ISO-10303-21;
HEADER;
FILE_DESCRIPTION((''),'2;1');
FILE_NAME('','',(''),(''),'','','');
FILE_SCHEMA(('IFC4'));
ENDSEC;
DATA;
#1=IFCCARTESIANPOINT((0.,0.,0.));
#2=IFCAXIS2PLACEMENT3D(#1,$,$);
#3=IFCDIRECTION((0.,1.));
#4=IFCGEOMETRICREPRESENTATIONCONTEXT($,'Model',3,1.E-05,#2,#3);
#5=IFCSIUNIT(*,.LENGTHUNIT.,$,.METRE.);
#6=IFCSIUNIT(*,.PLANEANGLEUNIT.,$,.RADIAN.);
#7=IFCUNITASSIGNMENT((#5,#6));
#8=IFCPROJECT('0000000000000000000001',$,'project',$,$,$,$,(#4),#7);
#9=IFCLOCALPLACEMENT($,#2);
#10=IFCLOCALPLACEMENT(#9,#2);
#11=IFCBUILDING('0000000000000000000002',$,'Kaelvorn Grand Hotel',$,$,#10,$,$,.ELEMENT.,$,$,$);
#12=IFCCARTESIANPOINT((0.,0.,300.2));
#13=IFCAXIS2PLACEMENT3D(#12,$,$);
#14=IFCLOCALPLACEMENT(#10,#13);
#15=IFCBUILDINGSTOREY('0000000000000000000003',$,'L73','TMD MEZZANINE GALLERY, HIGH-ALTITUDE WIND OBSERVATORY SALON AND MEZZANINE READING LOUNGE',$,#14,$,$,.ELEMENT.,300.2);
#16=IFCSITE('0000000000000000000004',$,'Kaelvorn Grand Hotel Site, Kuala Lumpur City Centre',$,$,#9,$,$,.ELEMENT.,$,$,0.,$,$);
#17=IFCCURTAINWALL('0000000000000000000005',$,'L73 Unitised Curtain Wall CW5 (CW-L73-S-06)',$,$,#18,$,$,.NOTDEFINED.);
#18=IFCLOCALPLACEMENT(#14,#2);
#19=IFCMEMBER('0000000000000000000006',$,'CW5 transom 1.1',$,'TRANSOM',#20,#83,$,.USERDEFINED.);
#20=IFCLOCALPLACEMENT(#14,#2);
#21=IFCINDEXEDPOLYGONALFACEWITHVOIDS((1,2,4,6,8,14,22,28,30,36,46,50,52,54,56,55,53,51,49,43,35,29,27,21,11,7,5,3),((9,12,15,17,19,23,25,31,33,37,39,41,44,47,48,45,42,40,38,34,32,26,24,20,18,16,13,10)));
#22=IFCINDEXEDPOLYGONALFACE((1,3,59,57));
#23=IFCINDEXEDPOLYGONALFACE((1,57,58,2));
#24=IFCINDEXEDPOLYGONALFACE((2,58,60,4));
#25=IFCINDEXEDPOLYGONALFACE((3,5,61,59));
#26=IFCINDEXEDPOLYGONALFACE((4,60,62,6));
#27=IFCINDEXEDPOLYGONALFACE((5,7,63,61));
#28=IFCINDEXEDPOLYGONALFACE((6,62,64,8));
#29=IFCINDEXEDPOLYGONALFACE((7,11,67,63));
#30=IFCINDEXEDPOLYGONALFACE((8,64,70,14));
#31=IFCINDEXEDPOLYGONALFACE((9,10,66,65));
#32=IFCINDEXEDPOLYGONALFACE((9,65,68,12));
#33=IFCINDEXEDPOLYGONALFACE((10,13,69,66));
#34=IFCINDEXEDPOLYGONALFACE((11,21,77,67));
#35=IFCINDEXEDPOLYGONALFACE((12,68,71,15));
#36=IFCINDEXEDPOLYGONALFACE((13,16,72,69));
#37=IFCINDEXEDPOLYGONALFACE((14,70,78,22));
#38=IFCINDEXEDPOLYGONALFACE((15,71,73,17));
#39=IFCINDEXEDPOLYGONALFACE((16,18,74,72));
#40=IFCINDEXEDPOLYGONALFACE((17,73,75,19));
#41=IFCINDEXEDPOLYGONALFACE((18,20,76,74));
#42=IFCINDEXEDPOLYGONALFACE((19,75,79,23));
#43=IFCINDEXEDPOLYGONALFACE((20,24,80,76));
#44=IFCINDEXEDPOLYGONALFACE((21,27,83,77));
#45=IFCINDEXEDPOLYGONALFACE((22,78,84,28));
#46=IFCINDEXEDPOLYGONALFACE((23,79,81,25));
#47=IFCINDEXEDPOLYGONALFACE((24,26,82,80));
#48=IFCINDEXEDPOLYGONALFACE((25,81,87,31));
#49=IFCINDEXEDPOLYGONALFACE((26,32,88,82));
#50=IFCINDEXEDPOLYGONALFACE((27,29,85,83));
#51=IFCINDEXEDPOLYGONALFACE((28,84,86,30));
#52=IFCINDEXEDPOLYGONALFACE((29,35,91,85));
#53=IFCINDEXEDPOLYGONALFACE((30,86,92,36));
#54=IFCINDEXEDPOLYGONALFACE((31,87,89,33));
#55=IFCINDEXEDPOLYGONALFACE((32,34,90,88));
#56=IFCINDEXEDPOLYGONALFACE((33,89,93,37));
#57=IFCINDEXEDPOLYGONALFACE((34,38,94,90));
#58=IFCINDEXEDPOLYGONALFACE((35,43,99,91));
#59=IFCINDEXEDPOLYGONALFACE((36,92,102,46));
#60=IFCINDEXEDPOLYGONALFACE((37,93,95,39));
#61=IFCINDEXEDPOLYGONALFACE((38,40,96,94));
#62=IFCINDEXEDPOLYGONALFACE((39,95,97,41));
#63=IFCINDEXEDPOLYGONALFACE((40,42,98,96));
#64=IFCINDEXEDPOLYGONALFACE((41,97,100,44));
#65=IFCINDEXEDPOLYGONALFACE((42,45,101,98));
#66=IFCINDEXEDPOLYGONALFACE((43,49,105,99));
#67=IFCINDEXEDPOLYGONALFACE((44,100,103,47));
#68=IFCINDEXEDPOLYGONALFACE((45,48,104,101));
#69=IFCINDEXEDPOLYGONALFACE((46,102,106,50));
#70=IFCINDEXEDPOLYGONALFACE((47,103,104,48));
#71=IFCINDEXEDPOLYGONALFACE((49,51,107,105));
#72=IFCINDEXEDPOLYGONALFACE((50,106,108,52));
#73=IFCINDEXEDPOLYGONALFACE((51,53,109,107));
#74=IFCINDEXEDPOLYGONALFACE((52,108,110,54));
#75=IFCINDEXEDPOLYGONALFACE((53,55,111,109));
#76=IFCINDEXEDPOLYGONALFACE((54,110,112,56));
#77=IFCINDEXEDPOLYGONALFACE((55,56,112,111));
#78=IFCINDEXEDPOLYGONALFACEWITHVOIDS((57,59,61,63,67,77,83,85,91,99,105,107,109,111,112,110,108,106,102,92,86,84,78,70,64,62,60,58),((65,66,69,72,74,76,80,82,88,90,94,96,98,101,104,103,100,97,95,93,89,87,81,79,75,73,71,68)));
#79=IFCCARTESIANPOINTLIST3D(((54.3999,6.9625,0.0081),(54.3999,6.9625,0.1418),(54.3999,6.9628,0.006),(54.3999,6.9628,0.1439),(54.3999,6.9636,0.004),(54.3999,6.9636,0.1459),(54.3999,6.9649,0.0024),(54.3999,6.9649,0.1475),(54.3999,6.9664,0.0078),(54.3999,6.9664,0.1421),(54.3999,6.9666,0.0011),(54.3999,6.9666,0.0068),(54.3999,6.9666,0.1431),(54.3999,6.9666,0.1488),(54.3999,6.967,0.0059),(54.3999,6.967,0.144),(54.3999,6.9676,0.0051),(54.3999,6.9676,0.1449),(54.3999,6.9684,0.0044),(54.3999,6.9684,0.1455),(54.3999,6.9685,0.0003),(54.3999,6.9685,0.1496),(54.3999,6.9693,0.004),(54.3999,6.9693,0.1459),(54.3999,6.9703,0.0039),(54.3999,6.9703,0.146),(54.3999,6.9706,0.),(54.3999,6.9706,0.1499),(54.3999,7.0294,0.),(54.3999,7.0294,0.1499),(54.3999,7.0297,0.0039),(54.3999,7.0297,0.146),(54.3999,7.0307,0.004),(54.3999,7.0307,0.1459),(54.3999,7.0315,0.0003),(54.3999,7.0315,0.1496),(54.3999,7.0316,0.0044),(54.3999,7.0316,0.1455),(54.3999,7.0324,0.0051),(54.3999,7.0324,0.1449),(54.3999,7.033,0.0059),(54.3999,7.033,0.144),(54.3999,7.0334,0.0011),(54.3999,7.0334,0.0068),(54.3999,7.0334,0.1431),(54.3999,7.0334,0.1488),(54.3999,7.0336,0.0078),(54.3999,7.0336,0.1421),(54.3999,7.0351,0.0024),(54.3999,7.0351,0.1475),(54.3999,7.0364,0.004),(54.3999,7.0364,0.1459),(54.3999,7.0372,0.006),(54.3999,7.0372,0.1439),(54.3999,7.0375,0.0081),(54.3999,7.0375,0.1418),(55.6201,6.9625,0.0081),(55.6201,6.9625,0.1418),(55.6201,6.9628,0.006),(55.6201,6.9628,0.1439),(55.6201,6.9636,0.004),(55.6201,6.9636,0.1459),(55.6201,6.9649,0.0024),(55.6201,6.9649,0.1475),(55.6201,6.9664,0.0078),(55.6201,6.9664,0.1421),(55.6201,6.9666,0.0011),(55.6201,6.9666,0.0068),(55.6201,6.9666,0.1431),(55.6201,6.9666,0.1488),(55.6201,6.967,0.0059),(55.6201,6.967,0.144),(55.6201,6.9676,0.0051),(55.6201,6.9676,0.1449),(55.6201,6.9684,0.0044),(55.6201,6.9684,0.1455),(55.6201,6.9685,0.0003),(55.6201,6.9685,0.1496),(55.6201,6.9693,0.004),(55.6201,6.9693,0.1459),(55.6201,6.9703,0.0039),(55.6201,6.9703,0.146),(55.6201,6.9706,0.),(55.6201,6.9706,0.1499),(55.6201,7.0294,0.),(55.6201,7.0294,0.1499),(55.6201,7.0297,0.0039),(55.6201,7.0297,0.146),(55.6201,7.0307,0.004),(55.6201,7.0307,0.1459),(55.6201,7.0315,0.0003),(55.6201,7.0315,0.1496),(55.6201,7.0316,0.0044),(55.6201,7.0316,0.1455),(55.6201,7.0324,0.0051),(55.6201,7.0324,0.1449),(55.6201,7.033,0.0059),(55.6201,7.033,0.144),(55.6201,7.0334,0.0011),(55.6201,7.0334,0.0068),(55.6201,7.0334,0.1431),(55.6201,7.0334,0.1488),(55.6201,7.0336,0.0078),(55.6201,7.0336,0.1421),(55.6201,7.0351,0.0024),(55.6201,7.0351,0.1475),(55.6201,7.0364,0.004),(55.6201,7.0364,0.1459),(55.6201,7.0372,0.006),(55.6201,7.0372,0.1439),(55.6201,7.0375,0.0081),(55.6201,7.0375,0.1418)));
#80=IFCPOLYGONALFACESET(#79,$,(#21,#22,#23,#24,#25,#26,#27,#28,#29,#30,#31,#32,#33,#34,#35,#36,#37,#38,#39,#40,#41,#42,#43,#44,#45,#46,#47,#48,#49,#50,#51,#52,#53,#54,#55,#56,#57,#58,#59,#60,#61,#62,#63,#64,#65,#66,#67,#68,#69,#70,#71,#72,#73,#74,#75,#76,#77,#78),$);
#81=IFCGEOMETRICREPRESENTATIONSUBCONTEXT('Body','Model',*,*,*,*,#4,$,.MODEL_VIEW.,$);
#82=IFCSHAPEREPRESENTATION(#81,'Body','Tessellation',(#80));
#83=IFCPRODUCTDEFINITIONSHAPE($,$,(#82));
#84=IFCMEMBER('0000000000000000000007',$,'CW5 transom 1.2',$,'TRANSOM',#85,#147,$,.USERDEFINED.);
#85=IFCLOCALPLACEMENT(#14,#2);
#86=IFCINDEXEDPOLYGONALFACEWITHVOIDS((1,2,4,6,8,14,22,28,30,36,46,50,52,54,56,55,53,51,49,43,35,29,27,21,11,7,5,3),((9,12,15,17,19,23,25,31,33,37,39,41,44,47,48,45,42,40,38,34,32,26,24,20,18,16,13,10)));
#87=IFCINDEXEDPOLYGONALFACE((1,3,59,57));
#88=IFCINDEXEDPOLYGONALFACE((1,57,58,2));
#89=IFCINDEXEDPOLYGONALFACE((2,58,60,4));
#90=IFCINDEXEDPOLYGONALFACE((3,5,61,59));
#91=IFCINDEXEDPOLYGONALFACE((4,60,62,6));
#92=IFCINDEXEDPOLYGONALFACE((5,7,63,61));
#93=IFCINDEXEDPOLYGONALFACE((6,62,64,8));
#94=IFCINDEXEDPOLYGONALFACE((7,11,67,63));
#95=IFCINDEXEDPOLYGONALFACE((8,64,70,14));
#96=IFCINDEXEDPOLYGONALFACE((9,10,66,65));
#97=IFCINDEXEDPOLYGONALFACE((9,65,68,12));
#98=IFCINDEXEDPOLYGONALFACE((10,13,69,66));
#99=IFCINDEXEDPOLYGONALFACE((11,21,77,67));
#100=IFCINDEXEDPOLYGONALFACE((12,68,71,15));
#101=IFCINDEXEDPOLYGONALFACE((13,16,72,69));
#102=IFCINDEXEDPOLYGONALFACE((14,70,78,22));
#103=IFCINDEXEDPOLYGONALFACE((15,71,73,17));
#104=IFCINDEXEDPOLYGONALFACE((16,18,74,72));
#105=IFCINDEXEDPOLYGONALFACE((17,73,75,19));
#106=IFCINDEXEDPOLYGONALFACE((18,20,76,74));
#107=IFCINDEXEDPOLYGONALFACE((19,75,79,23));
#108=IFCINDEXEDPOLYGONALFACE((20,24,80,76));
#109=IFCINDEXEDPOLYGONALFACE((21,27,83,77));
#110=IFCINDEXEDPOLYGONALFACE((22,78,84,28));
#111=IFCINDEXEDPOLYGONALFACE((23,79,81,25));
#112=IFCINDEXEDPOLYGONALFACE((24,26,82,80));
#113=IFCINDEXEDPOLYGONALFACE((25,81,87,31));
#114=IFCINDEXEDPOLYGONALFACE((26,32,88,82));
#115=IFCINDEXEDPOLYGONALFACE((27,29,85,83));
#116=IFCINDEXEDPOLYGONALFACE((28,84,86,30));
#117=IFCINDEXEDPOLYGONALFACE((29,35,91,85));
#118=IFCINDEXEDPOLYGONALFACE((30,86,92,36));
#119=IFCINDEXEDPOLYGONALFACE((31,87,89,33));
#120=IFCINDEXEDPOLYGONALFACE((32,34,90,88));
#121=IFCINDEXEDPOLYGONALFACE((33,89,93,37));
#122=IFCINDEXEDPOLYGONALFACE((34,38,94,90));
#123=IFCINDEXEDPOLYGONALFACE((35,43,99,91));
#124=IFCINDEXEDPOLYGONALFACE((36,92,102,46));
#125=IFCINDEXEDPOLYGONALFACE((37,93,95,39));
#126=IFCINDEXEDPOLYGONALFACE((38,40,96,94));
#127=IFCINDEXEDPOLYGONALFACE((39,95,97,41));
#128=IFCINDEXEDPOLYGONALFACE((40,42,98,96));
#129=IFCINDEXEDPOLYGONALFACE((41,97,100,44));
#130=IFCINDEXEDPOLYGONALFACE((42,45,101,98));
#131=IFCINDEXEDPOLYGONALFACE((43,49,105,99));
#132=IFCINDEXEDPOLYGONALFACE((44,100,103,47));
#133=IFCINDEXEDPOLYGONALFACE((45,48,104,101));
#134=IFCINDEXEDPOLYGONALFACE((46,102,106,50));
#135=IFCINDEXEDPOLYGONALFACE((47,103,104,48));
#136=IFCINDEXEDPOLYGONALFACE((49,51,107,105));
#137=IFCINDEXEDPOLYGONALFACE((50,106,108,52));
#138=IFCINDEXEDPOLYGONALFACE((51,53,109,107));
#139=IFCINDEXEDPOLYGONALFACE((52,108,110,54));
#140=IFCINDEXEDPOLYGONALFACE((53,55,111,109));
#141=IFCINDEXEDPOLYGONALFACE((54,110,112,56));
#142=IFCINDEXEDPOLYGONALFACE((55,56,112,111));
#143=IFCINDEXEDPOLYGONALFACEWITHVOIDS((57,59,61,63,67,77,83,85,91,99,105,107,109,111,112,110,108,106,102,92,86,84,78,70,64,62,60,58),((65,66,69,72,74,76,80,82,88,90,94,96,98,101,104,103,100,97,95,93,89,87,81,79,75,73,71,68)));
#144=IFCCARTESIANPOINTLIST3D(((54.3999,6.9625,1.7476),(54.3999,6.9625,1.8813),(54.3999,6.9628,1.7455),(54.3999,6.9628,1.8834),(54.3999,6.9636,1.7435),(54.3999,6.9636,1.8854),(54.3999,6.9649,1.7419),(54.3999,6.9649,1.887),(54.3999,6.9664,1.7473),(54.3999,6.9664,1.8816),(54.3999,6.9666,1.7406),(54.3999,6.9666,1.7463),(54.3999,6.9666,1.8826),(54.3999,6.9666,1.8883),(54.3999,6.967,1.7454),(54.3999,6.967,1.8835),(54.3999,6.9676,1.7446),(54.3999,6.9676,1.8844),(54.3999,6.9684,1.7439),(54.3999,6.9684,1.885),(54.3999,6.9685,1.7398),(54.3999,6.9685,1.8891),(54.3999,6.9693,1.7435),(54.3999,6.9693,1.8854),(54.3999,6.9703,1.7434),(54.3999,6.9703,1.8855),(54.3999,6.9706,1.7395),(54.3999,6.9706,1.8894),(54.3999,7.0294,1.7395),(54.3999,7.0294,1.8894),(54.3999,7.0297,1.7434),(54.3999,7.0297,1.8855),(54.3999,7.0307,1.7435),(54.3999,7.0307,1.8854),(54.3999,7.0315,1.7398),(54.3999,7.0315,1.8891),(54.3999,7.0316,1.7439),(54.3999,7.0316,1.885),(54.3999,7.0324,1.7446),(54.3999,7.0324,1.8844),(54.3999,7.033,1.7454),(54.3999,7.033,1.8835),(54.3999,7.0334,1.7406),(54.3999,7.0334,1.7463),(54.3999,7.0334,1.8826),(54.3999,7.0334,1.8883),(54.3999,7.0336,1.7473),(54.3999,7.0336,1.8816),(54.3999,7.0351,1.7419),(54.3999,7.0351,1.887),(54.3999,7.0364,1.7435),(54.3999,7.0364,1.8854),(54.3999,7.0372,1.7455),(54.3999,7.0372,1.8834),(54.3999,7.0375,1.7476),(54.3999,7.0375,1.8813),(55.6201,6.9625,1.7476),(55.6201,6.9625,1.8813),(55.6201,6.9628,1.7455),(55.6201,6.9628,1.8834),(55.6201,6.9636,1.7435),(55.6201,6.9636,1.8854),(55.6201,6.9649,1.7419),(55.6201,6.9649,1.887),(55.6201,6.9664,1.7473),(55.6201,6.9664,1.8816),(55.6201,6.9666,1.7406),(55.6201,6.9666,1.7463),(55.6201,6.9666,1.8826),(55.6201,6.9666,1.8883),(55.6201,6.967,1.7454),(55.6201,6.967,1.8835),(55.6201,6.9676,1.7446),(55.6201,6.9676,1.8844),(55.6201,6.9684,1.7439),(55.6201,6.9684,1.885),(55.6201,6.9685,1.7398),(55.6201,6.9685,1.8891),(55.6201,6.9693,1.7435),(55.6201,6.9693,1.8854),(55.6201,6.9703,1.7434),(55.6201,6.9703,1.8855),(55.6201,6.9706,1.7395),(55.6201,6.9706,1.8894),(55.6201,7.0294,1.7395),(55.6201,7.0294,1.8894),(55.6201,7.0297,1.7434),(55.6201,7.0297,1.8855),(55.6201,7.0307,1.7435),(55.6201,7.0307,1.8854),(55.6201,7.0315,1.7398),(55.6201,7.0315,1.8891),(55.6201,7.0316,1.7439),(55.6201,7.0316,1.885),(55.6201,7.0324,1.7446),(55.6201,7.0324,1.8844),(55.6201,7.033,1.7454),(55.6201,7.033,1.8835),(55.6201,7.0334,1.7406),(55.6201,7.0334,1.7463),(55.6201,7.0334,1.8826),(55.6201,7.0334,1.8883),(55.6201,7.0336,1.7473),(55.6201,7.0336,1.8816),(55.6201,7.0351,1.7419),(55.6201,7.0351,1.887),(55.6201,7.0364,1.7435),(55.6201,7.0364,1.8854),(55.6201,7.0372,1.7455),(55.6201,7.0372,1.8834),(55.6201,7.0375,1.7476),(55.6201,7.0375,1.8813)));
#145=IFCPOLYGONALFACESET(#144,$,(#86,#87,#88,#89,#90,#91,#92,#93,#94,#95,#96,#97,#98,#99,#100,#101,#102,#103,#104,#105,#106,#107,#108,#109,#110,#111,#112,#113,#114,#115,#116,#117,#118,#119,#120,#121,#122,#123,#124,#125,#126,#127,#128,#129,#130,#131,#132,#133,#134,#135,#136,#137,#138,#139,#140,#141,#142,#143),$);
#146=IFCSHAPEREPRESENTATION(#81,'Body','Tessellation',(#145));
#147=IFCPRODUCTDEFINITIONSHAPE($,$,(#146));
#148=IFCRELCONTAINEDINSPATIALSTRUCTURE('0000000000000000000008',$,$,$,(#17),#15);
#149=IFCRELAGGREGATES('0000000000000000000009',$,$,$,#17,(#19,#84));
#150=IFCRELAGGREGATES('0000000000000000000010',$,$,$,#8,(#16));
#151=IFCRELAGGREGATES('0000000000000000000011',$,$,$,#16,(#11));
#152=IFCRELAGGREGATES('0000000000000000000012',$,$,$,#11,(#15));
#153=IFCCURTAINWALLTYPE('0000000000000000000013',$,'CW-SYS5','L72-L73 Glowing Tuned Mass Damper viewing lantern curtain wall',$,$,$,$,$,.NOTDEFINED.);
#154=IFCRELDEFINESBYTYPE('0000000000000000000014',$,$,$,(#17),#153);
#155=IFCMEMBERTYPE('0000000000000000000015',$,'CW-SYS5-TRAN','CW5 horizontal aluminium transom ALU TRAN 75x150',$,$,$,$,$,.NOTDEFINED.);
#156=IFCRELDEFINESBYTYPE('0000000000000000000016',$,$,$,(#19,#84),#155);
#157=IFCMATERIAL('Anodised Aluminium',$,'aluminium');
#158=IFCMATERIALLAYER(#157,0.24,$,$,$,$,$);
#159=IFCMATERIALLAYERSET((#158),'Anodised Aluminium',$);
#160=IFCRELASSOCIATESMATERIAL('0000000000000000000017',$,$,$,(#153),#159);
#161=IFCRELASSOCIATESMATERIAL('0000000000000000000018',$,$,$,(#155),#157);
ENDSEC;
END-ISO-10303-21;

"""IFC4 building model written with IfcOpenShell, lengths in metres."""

from ifc_helpers import new_model, si_unit, direction, frame, origin, origin_2d, place, context, subcontext, project, spatial, hollow_rectangle, extrude, material, layer, layer_set, material_profile, profile_set, type_object, element, aggregate, save


model = new_model("IFC4")

# Units and contexts
model_context = context("Model", 3, precision=1e-05, world=origin(), true_north=direction((0.0, 1.0)))
body_context = subcontext(model_context, "Body", "Model", "MODEL_VIEW")
ifc_project = project(units=[si_unit("LENGTHUNIT", "METRE"), si_unit("PLANEANGLEUNIT", "RADIAN")], contexts=[model_context])

# Site, building, storey
site_placement = place(None, origin())
site = spatial("IfcSite", under=ifc_project, at=site_placement, Name="Kaelvorn Grand Hotel Site, Kuala Lumpur City Centre", CompositionType="ELEMENT", RefElevation=0.0)
building_placement = place(site_placement, origin())
building = spatial("IfcBuilding", under=site, at=building_placement, Name="Kaelvorn Grand Hotel", CompositionType="ELEMENT")
storey_placement = place(building_placement, frame((0.0, 0.0, 300.2)))
storey = spatial("IfcBuildingStorey", under=building, at=storey_placement, Name="L73", Description="TMD MEZZANINE GALLERY, HIGH-ALTITUDE WIND OBSERVATORY SALON AND MEZZANINE READING LOUNGE", CompositionType="ELEMENT", Elevation=300.2)

# Shared definitions
ifc_material_1 = material(Name="Anodised Aluminium", Category="aluminium")
ifc_layer_1 = layer(ifc_material_1, 0.24)
ifc_layer_set_1 = layer_set([ifc_layer_1], Name="Anodised Aluminium")
curtain_wall_type = type_object("IfcCurtainWallType", Name="CW-SYS5", Description="L72-L73 Glowing Tuned Mass Damper viewing lantern curtain wall", PredefinedType="NOTDEFINED", material=ifc_layer_set_1)

# Curtain wall
curtain_wall_1_placement = place(storey_placement, origin())
curtain_wall_1 = element("IfcCurtainWall", 1, at=curtain_wall_1_placement, inside=storey, type_object=curtain_wall_type, Name="L73 Unitised Curtain Wall CW5 (CW-L73-S-06)", PredefinedType="NOTDEFINED")

# Members
ifc_material_profile_1 = material_profile(ifc_material_1, hollow_rectangle(XDim=0.075, YDim=0.1499, WallThickness=0.0039, InnerFilletRadius=0.0039, OuterFilletRadius=0.0081, at=origin_2d()), Name="ALU TRAN 75x150")
ifc_profile_set_1 = profile_set([ifc_material_profile_1], Name="Anodised Aluminium")
member_type_1 = type_object("IfcMemberType", Name="CW-SYS5-TRAN", Description="CW5 horizontal aluminium transom ALU TRAN 75x150", PredefinedType="NOTDEFINED", material=ifc_profile_set_1)
member_1_placement = place(storey_placement, frame((54.3999, 7.0, 0.075), z_axis=(1.0, 0.0, 0.0), x_axis=(0.0, 1.0, 0.0)))
member_1 = element("IfcMember", 2, at=member_1_placement, type_object=member_type_1, Name="CW5 transom 1.1", ObjectType="TRANSOM", PredefinedType="USERDEFINED", context=body_context, shape_type="SweptSolid", body=[
    extrude(hollow_rectangle(XDim=0.075, YDim=0.1499, WallThickness=0.0039, InnerFilletRadius=0.0039, OuterFilletRadius=0.0081, at=origin_2d()), origin(), (0.0, 0.0, 1.0), 1.2202),
])
member_2_placement = place(storey_placement, frame((54.3999, 7.0, 1.8145), z_axis=(1.0, 0.0, 0.0), x_axis=(0.0, 1.0, 0.0)))
member_2 = element("IfcMember", 3, at=member_2_placement, type_object=member_type_1, Name="CW5 transom 1.2", ObjectType="TRANSOM", PredefinedType="USERDEFINED", context=body_context, shape_type="SweptSolid", body=[
    extrude(hollow_rectangle(XDim=0.075, YDim=0.1499, WallThickness=0.0039, InnerFilletRadius=0.0039, OuterFilletRadius=0.0081, at=origin_2d()), origin(), (0.0, 0.0, 1.0), 1.2202),
])

aggregate(curtain_wall_1, [member_1, member_2])

save(model, "model.ifc")
